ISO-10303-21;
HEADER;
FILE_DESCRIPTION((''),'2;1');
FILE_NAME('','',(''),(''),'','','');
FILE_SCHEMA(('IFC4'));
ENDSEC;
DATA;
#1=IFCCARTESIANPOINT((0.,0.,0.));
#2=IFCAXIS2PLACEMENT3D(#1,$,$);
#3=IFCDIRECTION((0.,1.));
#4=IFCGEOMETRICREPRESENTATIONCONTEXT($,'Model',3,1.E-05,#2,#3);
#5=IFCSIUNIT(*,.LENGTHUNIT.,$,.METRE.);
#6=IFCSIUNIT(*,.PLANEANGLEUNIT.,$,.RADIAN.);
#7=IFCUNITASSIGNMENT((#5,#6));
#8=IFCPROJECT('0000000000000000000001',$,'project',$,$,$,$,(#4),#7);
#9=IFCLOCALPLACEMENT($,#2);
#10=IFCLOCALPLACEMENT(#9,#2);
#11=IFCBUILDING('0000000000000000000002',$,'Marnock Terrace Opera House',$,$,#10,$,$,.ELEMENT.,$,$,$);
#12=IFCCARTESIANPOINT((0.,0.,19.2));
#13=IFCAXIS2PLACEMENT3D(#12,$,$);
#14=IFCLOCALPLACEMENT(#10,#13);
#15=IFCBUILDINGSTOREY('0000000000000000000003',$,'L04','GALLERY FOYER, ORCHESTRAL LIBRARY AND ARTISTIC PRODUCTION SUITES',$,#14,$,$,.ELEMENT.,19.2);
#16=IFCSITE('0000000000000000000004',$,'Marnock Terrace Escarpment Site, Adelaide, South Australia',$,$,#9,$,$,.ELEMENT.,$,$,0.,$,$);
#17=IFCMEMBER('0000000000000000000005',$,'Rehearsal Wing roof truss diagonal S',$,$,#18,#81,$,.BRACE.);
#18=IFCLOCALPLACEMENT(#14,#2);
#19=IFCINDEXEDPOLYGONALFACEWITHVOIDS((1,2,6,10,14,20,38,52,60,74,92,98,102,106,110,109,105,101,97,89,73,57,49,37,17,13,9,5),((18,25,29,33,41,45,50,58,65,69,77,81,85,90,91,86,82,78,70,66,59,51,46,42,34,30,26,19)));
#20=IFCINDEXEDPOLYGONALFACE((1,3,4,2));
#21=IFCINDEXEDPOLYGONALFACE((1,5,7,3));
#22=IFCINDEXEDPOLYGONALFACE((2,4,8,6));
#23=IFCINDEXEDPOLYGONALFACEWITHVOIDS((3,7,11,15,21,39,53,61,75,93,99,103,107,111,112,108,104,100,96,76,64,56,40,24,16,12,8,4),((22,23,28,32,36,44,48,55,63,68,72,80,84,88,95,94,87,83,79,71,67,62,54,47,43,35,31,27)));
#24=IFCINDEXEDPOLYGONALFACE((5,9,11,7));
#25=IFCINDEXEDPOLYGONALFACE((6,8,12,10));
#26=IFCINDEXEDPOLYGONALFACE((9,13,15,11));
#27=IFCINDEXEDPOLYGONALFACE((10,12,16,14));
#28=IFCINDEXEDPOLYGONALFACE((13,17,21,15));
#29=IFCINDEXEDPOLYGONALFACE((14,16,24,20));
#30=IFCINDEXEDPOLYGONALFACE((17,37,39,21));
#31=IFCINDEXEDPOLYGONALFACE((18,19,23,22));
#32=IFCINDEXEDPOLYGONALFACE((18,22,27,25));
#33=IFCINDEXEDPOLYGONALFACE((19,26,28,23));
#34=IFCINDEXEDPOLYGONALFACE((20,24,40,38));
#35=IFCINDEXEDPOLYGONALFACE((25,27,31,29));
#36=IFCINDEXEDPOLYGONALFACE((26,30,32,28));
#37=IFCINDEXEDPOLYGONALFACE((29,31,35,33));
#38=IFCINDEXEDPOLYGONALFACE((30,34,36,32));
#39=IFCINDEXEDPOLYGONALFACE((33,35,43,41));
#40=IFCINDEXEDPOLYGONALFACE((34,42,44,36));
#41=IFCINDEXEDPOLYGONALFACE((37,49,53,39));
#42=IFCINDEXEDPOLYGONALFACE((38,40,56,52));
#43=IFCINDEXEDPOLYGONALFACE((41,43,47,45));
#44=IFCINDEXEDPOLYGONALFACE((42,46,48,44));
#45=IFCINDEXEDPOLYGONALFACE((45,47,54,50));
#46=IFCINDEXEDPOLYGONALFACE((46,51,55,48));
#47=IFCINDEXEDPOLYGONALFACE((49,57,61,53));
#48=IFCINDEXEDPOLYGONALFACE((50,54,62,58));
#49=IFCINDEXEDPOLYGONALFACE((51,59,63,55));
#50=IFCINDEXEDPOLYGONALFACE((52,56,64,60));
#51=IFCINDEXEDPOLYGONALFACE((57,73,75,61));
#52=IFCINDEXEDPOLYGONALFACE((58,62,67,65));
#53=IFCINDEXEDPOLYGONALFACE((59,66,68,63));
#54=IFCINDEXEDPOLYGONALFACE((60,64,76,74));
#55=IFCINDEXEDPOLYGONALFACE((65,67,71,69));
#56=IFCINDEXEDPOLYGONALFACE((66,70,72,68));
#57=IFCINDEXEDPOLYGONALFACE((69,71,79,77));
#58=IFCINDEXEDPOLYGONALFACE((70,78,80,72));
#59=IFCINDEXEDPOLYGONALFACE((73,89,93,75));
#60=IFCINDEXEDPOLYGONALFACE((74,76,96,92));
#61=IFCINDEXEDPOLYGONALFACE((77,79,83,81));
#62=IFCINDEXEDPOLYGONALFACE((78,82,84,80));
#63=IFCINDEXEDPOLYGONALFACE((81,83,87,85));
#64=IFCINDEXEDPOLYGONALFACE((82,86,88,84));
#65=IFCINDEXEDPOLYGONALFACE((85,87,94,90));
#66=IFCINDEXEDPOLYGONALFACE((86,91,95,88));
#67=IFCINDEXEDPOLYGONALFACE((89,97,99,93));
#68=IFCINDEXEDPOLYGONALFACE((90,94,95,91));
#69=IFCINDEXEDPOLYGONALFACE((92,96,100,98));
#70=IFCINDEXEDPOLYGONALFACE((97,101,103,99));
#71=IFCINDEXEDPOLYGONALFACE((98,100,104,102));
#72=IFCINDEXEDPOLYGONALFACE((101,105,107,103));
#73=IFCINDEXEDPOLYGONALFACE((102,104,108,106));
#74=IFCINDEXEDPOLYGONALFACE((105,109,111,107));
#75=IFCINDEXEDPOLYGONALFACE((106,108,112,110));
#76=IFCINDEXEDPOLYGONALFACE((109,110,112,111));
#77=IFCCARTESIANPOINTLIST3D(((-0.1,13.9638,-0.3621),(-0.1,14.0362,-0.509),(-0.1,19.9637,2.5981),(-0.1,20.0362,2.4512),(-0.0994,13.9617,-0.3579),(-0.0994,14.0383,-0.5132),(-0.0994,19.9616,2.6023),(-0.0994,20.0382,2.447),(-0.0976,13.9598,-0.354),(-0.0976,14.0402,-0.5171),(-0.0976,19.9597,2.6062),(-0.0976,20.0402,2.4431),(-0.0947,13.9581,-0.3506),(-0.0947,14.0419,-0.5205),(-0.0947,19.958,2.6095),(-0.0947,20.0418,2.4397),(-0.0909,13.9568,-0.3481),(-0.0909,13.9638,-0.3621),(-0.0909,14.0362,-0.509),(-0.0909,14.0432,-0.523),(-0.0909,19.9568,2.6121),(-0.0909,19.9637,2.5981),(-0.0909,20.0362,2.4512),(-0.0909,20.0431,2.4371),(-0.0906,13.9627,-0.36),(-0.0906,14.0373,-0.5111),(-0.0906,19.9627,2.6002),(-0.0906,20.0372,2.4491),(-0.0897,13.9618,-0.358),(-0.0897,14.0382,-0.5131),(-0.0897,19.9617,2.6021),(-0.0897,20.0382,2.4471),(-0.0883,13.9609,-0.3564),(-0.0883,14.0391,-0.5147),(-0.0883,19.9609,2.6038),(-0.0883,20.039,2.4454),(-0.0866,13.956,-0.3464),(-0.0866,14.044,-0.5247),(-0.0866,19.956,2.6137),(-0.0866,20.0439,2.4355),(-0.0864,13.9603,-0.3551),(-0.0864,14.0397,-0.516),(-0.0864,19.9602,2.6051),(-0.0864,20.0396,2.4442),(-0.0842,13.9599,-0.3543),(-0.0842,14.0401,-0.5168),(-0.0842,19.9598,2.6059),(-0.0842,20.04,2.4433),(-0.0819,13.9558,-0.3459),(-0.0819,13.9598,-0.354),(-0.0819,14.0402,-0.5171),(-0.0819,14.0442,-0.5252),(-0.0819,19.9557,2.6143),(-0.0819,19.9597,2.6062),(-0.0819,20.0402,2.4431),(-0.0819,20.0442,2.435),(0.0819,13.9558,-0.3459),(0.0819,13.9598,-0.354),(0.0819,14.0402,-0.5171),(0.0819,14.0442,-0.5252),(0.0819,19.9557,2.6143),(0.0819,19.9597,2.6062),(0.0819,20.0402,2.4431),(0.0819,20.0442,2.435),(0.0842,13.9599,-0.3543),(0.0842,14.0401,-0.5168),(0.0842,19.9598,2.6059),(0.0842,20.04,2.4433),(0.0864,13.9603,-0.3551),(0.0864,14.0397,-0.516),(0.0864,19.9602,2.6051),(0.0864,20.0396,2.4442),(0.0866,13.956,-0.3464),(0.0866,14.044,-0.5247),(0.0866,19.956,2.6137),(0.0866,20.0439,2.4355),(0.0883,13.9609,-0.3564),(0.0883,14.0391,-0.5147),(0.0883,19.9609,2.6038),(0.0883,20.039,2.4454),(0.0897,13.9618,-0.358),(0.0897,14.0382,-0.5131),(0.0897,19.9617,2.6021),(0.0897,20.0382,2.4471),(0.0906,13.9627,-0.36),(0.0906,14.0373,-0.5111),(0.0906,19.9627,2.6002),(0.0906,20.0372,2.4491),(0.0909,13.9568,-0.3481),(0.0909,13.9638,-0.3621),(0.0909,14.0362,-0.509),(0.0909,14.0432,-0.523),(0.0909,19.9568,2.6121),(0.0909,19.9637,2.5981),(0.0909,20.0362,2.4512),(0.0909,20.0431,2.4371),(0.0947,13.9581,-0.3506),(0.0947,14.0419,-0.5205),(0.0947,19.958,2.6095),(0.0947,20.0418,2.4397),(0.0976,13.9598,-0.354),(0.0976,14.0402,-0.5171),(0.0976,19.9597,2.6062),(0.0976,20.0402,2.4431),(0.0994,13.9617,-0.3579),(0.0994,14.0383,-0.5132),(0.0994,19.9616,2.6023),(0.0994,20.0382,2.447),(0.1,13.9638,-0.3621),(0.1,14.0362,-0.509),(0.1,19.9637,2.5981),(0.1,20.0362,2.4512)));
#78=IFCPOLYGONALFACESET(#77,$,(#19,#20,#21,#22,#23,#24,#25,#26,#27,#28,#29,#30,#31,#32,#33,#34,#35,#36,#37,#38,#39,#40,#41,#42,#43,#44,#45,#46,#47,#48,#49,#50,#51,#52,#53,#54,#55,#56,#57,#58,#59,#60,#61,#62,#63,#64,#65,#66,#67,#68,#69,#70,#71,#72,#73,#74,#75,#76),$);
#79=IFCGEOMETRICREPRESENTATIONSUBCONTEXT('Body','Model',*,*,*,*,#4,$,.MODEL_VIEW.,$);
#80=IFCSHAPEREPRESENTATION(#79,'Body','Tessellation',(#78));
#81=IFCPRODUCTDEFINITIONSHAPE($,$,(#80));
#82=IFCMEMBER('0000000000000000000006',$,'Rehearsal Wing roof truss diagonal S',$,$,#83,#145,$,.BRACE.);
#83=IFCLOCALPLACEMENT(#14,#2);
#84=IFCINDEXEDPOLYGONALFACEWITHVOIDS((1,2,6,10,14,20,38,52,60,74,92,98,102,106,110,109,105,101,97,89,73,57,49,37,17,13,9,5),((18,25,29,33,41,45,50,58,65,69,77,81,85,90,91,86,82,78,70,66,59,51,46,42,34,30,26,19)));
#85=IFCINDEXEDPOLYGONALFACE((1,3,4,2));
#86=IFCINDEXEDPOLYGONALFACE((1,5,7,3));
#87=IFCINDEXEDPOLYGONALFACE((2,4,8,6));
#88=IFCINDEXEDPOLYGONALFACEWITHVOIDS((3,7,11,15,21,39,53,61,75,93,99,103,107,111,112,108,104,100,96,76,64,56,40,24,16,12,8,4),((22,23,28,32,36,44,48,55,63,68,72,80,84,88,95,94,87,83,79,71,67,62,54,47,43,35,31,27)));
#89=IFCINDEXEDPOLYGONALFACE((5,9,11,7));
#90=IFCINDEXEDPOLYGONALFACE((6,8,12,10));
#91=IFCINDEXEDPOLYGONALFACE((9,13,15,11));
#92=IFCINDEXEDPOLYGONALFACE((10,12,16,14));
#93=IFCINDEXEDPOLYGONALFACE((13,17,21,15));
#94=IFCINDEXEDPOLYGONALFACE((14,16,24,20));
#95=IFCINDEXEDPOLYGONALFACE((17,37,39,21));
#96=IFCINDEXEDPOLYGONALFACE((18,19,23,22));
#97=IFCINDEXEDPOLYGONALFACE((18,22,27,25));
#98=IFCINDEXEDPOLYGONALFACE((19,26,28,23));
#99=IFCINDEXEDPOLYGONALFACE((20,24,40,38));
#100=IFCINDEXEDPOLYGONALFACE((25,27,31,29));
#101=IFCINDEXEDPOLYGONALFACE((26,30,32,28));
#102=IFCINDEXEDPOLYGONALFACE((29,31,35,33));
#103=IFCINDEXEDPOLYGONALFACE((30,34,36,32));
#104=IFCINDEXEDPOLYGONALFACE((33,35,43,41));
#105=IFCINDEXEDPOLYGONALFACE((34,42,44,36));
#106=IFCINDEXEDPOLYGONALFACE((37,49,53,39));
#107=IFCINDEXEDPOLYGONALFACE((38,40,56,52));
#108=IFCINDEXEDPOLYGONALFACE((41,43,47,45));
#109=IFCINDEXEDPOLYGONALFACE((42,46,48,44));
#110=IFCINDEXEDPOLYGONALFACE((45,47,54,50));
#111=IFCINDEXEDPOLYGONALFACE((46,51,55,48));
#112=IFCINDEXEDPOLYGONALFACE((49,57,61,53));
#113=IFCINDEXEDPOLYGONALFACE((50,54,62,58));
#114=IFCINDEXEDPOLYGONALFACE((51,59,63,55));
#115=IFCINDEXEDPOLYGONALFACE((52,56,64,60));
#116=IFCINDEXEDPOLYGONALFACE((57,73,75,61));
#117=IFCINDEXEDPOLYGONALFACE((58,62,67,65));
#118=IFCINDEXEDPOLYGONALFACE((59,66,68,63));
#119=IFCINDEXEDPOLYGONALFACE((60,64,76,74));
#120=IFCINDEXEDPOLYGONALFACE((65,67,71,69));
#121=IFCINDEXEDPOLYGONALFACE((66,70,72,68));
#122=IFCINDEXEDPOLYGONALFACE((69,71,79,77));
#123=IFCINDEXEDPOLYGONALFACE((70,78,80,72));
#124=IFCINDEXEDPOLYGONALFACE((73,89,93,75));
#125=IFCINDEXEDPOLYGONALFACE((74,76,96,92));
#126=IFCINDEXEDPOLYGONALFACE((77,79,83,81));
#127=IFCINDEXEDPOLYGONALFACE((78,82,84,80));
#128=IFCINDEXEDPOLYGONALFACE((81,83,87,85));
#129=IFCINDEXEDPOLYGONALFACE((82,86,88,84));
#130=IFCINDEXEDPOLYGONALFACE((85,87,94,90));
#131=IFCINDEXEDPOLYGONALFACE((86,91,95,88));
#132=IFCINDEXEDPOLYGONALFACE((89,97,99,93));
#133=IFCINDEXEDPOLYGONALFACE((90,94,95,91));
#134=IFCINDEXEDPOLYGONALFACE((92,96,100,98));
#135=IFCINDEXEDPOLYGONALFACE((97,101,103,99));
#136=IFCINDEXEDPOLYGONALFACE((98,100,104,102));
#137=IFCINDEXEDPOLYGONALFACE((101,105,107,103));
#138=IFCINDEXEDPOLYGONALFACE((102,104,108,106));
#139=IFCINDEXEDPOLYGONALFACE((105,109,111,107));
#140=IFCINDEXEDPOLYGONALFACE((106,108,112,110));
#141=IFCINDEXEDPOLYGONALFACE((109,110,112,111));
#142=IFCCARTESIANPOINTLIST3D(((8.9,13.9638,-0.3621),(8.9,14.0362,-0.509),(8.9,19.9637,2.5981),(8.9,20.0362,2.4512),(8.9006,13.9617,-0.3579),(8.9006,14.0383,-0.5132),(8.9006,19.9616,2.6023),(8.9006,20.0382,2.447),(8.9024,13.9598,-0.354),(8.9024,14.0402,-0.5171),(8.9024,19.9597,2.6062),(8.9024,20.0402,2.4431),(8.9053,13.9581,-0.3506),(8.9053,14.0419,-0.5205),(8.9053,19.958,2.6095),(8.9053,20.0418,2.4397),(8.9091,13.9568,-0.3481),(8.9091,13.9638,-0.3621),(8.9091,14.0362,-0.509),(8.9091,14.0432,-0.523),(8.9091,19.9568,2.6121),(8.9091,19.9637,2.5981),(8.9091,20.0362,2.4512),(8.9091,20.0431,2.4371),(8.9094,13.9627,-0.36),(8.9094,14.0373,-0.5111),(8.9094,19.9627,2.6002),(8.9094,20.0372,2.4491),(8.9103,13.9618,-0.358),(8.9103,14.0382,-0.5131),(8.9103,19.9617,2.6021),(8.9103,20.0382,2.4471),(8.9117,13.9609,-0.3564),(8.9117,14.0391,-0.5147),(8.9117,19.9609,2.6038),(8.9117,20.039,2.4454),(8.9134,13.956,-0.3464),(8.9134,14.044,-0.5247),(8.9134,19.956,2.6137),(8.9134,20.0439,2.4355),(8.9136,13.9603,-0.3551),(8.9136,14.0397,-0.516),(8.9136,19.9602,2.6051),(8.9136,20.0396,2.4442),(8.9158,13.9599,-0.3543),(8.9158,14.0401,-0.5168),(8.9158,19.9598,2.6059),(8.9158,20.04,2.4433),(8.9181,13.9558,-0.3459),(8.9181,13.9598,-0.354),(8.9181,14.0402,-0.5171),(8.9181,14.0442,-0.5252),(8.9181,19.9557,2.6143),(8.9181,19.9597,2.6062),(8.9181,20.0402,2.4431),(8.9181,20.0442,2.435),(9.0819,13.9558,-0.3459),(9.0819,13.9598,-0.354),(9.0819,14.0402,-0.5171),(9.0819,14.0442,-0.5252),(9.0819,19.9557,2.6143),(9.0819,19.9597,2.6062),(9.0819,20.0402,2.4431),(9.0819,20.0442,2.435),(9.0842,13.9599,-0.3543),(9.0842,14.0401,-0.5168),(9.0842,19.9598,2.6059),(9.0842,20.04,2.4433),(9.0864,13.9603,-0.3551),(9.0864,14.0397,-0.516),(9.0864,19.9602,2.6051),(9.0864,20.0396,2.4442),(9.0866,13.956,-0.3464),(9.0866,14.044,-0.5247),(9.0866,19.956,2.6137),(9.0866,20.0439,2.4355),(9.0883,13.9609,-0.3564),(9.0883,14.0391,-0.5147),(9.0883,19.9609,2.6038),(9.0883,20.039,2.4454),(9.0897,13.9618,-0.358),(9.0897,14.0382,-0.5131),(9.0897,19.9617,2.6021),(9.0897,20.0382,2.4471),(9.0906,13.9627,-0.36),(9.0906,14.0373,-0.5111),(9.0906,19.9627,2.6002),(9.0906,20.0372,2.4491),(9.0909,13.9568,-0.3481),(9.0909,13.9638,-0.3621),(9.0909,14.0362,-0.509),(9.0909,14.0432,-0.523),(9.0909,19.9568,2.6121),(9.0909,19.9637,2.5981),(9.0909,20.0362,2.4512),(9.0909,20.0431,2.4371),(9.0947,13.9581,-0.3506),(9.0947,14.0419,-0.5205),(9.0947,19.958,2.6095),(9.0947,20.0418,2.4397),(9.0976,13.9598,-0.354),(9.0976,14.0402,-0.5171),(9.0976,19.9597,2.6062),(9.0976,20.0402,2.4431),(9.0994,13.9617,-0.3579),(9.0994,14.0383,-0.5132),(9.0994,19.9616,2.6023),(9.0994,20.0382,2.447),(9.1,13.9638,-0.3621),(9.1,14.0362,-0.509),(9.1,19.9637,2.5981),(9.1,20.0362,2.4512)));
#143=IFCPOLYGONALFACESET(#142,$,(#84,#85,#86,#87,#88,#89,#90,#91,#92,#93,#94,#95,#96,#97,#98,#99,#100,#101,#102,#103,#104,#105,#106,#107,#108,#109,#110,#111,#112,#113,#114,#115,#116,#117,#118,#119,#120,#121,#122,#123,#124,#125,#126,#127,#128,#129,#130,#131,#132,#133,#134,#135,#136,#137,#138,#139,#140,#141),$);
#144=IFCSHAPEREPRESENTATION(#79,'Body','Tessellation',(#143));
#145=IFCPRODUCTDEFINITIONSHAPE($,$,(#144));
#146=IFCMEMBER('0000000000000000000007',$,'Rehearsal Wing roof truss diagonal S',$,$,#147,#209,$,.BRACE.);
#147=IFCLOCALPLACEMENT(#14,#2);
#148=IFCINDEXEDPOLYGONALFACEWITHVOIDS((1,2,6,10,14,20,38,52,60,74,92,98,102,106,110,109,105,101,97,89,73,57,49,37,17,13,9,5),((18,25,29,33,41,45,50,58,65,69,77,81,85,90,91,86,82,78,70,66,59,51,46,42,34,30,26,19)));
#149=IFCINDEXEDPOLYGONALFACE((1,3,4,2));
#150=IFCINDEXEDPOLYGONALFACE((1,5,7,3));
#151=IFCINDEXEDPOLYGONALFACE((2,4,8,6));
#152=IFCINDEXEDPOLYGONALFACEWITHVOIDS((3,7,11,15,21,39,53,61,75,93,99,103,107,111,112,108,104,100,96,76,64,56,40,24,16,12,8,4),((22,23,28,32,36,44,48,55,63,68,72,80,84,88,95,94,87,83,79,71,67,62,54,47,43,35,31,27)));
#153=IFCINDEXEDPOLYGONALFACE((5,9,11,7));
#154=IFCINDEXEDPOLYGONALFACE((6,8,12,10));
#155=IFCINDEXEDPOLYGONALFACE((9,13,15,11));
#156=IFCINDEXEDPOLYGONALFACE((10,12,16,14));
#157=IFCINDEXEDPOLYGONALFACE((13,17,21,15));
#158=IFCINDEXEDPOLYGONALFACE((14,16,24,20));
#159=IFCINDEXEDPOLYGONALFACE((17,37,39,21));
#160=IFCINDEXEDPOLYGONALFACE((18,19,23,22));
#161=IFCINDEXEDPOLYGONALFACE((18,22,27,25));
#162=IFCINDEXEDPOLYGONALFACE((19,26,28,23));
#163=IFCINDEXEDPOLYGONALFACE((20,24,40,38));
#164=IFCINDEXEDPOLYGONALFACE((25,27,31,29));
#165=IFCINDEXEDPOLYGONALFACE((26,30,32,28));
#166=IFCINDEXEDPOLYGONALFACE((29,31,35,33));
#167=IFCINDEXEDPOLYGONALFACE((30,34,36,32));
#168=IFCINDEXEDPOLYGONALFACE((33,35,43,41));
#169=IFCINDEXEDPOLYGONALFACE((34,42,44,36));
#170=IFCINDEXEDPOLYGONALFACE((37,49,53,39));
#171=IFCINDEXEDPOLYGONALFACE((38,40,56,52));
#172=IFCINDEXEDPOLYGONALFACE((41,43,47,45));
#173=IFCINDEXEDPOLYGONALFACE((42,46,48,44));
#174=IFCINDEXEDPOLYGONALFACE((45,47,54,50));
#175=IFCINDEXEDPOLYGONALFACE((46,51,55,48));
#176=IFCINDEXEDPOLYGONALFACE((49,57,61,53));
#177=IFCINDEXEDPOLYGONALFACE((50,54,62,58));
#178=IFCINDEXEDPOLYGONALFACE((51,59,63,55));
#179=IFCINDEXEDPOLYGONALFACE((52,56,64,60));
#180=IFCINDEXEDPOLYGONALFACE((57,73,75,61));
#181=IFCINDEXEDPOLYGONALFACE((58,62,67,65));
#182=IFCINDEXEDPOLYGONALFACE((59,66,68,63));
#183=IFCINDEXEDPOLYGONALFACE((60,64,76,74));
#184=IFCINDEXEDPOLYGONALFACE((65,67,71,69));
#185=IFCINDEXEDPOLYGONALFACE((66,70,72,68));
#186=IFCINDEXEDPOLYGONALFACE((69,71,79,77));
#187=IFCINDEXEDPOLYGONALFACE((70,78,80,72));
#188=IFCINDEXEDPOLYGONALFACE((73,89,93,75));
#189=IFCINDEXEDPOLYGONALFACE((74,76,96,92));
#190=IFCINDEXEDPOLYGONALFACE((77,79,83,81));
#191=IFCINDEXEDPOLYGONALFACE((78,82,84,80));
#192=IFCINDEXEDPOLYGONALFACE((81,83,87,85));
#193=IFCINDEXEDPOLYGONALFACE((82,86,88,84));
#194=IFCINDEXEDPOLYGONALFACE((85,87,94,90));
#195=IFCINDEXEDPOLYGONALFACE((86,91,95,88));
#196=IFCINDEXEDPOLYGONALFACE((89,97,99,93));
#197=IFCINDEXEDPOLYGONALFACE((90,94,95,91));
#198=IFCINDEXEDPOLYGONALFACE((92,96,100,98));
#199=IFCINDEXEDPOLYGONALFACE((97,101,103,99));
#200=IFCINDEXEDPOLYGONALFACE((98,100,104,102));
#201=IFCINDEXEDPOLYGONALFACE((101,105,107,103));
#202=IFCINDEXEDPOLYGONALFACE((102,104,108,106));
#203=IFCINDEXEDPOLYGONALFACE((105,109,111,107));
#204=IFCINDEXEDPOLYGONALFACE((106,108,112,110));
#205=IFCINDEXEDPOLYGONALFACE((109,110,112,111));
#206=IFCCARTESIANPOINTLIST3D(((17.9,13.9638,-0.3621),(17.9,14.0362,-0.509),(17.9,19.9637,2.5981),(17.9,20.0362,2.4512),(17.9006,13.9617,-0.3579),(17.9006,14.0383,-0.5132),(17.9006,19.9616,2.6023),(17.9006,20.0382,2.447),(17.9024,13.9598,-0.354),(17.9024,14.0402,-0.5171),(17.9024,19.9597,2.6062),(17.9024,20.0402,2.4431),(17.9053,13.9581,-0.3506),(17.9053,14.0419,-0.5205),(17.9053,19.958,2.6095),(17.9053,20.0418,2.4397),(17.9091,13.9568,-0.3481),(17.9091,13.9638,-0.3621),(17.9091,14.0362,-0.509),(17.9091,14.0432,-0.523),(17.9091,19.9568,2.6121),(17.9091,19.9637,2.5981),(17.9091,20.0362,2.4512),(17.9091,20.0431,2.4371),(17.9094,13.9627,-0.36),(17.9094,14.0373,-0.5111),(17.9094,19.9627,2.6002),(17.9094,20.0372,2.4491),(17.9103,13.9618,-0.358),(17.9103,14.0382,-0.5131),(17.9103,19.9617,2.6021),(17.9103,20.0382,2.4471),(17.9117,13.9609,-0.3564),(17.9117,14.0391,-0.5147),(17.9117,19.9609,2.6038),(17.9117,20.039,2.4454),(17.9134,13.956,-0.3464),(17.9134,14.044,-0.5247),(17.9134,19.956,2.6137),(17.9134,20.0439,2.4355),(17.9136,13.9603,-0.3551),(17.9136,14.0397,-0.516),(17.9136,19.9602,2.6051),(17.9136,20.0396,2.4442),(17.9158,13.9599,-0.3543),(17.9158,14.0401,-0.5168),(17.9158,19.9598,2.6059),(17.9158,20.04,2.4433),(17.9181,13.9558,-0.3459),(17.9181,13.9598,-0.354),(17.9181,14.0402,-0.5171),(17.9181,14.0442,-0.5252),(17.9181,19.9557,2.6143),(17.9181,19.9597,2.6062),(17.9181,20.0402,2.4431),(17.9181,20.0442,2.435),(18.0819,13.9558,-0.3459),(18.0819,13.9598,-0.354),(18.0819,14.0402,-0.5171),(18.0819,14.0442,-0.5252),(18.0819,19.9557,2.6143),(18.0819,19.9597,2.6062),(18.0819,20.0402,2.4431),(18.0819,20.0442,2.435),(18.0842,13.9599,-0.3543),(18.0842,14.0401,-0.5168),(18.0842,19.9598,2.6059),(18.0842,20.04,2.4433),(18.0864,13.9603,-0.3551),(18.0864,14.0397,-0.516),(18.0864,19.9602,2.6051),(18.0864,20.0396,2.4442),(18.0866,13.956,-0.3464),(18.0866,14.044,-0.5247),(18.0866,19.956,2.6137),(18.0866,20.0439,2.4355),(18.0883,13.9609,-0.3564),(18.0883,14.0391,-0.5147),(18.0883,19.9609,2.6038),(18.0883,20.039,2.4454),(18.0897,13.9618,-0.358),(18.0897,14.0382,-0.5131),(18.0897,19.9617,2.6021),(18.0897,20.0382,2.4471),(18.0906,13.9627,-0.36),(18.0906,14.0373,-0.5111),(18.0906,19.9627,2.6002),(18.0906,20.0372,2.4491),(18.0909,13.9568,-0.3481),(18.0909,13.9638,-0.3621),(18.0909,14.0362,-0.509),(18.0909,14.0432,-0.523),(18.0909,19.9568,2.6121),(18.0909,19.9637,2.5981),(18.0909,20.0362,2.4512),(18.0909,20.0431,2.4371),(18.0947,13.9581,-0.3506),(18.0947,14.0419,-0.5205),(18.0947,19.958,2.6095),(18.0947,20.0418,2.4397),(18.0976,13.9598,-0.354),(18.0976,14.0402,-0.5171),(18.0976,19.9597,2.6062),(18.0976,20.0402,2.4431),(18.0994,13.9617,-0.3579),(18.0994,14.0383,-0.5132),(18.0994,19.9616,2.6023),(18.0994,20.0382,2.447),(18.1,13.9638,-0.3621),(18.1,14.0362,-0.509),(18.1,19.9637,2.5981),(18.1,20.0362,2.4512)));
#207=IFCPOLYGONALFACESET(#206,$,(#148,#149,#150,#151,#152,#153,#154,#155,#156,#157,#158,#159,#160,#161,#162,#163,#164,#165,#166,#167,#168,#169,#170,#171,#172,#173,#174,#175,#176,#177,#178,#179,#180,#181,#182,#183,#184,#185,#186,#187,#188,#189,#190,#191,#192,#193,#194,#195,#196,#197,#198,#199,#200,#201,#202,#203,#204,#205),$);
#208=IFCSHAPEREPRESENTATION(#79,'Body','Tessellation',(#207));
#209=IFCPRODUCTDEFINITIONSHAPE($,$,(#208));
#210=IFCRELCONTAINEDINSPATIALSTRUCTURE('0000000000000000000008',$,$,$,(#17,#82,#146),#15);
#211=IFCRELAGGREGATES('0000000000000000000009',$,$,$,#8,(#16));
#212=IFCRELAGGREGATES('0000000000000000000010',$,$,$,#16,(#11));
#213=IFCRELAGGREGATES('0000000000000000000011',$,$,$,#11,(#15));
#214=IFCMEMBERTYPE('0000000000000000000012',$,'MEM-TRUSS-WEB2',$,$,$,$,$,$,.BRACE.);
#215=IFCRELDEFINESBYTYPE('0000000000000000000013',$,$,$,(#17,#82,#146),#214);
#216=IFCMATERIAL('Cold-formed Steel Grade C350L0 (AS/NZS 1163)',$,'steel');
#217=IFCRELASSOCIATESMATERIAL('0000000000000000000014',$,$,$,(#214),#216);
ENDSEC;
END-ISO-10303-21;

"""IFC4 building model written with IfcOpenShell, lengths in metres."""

from ifc_helpers import new_model, si_unit, direction, frame, origin, origin_2d, place, context, subcontext, project, spatial, hollow_rectangle, extrude, material, material_profile, profile_set, type_object, element, save


model = new_model("IFC4")

# Units and contexts
model_context = context("Model", 3, precision=1e-05, world=origin(), true_north=direction((0.0, 1.0)))
body_context = subcontext(model_context, "Body", "Model", "MODEL_VIEW")
ifc_project = project(units=[si_unit("LENGTHUNIT", "METRE"), si_unit("PLANEANGLEUNIT", "RADIAN")], contexts=[model_context])

# Site, building, storey
site_placement = place(None, origin())
site = spatial("IfcSite", under=ifc_project, at=site_placement, Name="Marnock Terrace Escarpment Site, Adelaide, South Australia", CompositionType="ELEMENT", RefElevation=0.0)
building_placement = place(site_placement, origin())
building = spatial("IfcBuilding", under=site, at=building_placement, Name="Marnock Terrace Opera House", CompositionType="ELEMENT")
storey_placement = place(building_placement, frame((0.0, 0.0, 19.2)))
storey = spatial("IfcBuildingStorey", under=building, at=storey_placement, Name="L04", Description="GALLERY FOYER, ORCHESTRAL LIBRARY AND ARTISTIC PRODUCTION SUITES", CompositionType="ELEMENT", Elevation=19.2)

# Members
ifc_material_1 = material(Name="Cold-formed Steel Grade C350L0 (AS/NZS 1163)", Category="steel")
ifc_material_profile_1 = material_profile(ifc_material_1, hollow_rectangle(XDim=0.2, YDim=0.2, WallThickness=0.009, InnerFilletRadius=0.009, OuterFilletRadius=0.0181, at=origin_2d()))
ifc_profile_set_1 = profile_set([ifc_material_profile_1], Name="Cold-formed Steel Grade C350L0 (AS/NZS 1163)")
member_type_1 = type_object("IfcMemberType", Name="MEM-TRUSS-WEB2", PredefinedType="BRACE", material=ifc_profile_set_1)
for number, where, z_axis, x_axis, name in (
    (1, (0.0, 14.0, -0.4355), (0.0, 0.896794, 0.442449), (-1.0, 0.0, 0.0), "Rehearsal Wing roof truss diagonal S"),
    (2, (9.0, 14.0, -0.4355), (0.0, 0.896794, 0.442449), (-1.0, 0.0, 0.0), "Rehearsal Wing roof truss diagonal S"),
    (3, (18.0, 14.0, -0.4355), (0.0, 0.896794, 0.442449), (-1.0, 0.0, 0.0), "Rehearsal Wing roof truss diagonal S"),
):
    element("IfcMember", number, at=place(storey_placement, frame(where, z_axis=z_axis, x_axis=x_axis)), inside=storey, type_object=member_type_1, Name=name, PredefinedType="BRACE", context=body_context, shape_type="SweptSolid", body=[
        extrude(hollow_rectangle(XDim=0.2, YDim=0.2, WallThickness=0.009, InnerFilletRadius=0.009, OuterFilletRadius=0.0181, at=origin_2d()), origin(), (0.0, 0.0, 1.0), 6.6904),
    ])

save(model, "model.ifc")
